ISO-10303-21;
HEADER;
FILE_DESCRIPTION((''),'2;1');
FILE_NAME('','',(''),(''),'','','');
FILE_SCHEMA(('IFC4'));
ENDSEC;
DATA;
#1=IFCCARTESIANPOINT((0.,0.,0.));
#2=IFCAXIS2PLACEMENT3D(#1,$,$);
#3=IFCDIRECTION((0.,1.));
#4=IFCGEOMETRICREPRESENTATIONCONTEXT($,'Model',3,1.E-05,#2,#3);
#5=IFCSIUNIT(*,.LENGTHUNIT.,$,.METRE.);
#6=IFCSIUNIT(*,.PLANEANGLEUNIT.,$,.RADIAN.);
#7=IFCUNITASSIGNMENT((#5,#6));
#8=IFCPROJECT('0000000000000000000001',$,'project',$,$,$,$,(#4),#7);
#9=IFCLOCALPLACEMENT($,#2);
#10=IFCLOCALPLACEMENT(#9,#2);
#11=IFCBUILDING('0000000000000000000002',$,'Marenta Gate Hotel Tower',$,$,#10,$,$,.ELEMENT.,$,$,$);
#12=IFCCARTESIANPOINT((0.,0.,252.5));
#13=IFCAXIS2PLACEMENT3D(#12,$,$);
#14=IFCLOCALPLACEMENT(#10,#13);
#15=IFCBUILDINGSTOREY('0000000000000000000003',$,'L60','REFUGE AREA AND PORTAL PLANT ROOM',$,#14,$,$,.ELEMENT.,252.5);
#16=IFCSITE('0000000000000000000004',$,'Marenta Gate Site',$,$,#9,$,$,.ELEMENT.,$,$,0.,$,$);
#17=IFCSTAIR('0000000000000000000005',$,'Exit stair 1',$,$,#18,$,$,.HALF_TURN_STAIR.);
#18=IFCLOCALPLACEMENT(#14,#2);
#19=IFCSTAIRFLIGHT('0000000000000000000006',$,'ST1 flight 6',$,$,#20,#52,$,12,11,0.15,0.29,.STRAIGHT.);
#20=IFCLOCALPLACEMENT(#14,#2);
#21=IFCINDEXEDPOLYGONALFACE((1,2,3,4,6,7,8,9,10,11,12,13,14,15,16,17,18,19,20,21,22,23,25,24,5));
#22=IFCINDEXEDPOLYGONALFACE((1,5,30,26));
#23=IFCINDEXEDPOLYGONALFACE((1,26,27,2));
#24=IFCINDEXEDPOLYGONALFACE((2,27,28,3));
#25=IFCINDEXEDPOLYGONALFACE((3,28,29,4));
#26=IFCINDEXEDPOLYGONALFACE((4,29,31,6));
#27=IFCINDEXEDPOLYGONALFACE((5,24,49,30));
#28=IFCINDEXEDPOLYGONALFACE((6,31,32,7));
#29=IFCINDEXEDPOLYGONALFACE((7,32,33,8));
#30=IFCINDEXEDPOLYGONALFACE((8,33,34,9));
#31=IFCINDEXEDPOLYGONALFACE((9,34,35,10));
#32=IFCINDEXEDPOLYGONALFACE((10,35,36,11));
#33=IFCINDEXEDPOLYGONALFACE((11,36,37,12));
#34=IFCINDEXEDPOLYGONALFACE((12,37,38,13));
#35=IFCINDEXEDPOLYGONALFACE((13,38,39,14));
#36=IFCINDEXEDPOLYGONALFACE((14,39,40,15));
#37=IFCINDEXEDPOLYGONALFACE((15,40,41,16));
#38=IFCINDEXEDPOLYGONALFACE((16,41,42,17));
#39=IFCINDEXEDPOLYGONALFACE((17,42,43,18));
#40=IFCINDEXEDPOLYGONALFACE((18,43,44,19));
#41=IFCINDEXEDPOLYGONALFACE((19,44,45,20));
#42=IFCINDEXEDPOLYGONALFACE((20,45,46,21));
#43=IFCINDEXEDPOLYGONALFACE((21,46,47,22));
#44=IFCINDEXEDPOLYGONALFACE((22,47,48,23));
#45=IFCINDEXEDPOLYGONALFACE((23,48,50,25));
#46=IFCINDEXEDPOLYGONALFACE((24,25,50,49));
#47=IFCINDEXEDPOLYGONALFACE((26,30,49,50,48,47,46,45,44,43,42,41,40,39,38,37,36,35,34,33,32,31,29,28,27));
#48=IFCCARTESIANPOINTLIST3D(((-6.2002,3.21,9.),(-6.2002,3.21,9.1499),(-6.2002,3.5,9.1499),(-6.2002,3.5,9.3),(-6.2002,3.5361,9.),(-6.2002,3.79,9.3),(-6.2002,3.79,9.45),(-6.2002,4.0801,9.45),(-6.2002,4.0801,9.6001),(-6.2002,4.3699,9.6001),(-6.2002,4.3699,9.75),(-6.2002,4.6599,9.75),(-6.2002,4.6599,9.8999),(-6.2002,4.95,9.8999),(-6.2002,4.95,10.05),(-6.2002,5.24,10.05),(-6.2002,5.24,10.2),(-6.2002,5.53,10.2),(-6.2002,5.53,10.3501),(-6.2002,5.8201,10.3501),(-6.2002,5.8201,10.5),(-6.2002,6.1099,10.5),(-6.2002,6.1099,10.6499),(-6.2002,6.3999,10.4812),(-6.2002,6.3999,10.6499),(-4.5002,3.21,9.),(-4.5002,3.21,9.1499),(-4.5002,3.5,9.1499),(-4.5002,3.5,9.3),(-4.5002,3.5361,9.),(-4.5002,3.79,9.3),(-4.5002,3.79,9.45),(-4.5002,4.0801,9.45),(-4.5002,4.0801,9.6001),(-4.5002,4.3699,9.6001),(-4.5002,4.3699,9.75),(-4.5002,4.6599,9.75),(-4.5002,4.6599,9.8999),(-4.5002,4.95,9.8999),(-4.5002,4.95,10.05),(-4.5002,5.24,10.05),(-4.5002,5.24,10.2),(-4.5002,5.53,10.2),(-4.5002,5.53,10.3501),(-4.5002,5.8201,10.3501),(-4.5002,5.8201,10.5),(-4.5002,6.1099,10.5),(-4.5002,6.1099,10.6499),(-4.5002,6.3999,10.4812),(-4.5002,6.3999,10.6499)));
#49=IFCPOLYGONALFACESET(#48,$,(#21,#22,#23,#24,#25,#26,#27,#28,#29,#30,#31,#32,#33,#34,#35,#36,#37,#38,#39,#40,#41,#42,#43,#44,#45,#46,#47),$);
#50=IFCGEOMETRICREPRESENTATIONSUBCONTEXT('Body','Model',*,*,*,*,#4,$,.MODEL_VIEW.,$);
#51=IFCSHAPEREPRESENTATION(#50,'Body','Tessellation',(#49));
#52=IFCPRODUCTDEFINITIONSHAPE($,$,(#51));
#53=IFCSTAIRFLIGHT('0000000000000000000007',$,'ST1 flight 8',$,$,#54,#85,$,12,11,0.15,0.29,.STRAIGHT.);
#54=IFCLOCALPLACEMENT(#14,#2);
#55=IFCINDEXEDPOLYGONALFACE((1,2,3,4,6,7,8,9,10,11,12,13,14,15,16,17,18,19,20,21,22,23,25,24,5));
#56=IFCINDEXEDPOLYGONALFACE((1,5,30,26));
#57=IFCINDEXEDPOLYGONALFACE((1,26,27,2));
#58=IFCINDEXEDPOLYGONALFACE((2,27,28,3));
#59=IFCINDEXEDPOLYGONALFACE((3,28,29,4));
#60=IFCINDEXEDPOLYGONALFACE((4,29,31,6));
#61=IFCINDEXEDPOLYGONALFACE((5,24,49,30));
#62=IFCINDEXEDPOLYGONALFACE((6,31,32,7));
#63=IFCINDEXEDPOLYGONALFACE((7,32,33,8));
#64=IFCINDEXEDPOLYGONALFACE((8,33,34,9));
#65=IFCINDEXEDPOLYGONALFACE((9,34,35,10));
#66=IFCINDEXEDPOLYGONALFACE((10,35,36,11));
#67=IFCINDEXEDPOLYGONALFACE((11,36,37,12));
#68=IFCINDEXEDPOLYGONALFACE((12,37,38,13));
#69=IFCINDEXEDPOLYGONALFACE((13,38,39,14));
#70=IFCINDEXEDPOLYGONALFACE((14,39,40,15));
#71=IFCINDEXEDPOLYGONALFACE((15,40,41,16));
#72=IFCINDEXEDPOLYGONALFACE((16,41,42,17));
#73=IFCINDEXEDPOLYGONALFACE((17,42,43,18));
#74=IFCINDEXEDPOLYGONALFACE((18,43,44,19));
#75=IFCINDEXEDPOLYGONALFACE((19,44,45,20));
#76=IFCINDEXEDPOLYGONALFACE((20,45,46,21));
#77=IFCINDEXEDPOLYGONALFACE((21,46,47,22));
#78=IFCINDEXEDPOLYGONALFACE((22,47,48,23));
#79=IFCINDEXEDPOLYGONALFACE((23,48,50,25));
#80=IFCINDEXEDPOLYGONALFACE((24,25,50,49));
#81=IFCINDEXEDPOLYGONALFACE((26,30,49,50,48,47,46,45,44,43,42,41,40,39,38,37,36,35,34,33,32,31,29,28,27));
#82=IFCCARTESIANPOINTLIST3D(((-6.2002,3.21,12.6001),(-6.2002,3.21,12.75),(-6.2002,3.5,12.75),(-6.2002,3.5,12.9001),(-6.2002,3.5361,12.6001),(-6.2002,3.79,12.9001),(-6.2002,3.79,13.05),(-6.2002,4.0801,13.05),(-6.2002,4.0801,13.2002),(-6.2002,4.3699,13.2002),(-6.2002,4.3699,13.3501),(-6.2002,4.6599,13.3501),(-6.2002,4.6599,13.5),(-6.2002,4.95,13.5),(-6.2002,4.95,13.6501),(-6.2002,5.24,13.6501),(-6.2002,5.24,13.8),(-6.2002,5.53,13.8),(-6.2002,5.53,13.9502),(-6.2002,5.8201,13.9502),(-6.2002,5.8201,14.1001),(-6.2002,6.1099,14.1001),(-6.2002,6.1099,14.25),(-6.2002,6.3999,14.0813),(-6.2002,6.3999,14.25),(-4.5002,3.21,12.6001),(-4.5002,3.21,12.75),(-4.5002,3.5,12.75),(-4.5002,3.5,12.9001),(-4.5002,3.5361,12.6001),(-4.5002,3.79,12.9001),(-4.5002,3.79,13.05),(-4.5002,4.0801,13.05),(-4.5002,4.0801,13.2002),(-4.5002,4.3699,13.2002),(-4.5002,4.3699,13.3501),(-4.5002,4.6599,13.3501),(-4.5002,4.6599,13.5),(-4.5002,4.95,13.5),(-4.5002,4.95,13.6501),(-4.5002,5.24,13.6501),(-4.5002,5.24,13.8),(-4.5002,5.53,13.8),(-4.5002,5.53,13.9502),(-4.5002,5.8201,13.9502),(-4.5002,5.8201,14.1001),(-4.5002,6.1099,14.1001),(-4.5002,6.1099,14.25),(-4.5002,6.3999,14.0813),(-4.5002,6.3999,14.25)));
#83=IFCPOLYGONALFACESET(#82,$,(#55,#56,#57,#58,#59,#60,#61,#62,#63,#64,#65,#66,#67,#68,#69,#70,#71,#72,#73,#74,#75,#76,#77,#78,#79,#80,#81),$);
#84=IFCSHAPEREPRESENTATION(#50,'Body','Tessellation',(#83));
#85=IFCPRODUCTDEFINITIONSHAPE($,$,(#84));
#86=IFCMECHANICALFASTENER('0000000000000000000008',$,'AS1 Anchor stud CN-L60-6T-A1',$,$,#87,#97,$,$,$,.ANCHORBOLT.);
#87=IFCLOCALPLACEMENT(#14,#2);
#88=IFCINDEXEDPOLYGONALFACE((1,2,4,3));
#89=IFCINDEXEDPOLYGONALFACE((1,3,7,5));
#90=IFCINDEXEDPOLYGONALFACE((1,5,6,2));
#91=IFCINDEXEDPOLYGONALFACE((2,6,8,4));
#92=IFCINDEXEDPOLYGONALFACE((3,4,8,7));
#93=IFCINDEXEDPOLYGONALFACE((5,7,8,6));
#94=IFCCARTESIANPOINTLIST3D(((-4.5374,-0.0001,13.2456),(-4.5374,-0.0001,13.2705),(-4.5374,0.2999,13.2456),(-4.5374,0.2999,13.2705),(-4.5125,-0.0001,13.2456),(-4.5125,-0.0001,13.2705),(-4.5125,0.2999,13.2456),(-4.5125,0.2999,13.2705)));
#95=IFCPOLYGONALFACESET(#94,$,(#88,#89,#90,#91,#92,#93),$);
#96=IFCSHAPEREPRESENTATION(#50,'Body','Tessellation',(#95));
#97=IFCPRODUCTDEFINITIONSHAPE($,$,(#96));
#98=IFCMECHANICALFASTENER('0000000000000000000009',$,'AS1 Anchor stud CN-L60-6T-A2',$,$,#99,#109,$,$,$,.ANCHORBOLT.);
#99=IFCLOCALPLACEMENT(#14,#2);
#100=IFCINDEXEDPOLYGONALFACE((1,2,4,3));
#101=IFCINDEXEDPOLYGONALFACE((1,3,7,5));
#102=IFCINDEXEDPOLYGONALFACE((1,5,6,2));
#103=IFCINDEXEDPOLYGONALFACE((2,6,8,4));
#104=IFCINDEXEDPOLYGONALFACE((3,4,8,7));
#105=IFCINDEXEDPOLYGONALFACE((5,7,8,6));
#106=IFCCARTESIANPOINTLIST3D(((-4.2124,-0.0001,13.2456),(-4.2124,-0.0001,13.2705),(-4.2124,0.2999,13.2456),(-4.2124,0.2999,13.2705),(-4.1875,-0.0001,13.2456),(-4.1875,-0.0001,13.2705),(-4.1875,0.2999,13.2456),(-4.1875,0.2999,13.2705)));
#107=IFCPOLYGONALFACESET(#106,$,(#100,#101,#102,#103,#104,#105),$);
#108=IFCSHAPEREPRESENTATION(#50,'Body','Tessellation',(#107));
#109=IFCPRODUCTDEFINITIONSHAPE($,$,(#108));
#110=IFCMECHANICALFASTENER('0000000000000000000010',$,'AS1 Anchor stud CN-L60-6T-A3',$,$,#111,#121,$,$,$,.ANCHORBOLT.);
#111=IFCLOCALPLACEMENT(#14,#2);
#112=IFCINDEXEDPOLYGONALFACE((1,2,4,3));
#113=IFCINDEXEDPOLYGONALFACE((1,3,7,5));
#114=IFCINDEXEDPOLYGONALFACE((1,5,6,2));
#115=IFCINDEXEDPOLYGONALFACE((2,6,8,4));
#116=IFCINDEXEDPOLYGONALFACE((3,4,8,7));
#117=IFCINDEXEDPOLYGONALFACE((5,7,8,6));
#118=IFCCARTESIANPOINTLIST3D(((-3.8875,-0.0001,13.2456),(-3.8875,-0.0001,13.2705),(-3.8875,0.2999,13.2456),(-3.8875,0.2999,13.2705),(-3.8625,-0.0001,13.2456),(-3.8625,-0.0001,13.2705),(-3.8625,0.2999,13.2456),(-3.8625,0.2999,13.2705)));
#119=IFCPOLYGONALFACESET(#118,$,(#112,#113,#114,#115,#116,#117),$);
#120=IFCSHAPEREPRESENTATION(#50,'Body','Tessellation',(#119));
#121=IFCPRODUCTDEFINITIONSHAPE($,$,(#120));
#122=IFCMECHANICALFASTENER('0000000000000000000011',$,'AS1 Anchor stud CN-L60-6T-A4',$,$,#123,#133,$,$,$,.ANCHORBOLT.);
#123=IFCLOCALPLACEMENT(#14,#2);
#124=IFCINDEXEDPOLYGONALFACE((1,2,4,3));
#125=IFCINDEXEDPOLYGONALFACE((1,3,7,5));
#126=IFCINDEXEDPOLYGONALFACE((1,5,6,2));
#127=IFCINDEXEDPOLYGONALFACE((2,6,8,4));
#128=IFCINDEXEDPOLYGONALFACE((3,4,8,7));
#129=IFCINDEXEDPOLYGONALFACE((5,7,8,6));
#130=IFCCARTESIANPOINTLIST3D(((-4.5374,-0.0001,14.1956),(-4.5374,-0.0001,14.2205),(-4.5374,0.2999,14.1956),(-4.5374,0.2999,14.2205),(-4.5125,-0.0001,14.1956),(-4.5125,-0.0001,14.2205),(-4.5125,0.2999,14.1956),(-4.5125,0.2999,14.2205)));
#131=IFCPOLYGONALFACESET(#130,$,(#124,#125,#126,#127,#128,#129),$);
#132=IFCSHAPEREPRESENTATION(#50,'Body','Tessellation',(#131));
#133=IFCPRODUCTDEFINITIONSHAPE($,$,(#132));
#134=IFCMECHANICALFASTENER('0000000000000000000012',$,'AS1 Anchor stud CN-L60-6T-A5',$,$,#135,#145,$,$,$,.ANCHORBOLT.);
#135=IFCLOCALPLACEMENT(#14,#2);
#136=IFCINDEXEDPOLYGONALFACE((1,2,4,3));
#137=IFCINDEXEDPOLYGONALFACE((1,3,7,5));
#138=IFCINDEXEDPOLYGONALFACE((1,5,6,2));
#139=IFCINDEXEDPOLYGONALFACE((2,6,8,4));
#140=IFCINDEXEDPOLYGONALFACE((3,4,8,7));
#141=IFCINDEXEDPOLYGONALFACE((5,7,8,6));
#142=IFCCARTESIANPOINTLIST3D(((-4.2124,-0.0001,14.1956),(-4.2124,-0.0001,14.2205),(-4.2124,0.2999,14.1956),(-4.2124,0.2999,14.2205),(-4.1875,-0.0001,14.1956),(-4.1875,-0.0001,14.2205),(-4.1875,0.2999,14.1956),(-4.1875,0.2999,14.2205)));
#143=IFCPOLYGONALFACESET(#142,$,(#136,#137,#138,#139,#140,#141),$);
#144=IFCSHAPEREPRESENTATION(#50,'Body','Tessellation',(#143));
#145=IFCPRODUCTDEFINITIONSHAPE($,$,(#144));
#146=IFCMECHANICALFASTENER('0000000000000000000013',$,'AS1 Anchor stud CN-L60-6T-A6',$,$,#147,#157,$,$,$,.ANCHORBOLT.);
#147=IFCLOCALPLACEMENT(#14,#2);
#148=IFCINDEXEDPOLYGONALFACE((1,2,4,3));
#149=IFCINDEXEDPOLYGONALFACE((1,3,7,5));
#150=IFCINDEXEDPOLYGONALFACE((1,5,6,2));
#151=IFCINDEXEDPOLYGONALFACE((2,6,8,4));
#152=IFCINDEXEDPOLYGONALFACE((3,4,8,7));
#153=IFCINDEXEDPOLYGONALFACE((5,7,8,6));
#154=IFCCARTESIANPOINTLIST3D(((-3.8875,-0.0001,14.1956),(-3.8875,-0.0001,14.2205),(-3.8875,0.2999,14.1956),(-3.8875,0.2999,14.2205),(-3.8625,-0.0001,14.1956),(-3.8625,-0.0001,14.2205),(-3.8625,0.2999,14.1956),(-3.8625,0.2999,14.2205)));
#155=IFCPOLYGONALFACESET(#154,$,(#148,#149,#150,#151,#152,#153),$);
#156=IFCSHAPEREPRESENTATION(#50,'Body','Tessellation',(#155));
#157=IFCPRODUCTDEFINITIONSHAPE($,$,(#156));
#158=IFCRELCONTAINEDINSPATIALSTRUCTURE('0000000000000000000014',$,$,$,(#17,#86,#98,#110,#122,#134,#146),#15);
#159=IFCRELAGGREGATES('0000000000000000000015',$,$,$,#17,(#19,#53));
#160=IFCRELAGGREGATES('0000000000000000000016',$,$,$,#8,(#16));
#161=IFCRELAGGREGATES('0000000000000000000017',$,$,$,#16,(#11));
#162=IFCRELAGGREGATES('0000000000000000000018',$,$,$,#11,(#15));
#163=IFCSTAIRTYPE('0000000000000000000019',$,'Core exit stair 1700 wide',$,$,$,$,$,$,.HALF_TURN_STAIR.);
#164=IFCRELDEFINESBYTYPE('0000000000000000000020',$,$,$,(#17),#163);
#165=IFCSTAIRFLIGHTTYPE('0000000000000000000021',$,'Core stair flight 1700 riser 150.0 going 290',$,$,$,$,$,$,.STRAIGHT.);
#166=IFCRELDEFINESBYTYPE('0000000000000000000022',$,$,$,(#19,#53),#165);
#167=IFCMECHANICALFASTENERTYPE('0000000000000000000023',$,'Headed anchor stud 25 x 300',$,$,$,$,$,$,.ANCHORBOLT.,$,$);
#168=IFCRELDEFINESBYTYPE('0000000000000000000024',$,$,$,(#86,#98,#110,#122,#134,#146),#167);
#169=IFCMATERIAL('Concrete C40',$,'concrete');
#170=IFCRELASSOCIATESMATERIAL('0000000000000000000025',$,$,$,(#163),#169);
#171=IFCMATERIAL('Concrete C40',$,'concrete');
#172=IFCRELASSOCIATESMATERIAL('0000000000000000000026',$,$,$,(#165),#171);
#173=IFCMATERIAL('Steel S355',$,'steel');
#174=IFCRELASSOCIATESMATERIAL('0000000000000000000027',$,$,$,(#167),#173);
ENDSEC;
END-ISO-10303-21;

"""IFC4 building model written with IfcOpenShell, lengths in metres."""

from ifc_helpers import new_model, si_unit, direction, frame, origin, origin_2d, place, context, subcontext, project, spatial, polyline, rectangle, outline, extrude, material, type_object, element, aggregate, save


model = new_model("IFC4")

# Units and contexts
model_context = context("Model", 3, precision=1e-05, world=origin(), true_north=direction((0.0, 1.0)))
body_context = subcontext(model_context, "Body", "Model", "MODEL_VIEW")
ifc_project = project(units=[si_unit("LENGTHUNIT", "METRE"), si_unit("PLANEANGLEUNIT", "RADIAN")], contexts=[model_context])

# Site, building, storey
site_placement = place(None, origin())
site = spatial("IfcSite", under=ifc_project, at=site_placement, Name="Marenta Gate Site", CompositionType="ELEMENT", RefElevation=0.0)
building_placement = place(site_placement, origin())
building = spatial("IfcBuilding", under=site, at=building_placement, Name="Marenta Gate Hotel Tower", CompositionType="ELEMENT")
storey_placement = place(building_placement, frame((0.0, 0.0, 252.5)))
storey = spatial("IfcBuildingStorey", under=building, at=storey_placement, Name="L60", Description="REFUGE AREA AND PORTAL PLANT ROOM", CompositionType="ELEMENT", Elevation=252.5)

# Shared definitions
ifc_material_1 = material(Name="Concrete C40", Category="concrete")
stair_type = type_object("IfcStairType", Name="Core exit stair 1700 wide", PredefinedType="HALF_TURN_STAIR", material=ifc_material_1)

# Stair, stair flights
stair_1_placement = place(storey_placement, origin())
stair_1 = element("IfcStair", 1, at=stair_1_placement, inside=storey, type_object=stair_type, Name="Exit stair 1", PredefinedType="HALF_TURN_STAIR")
ifc_material_2 = material(Name="Concrete C40", Category="concrete")
stair_flight_type = type_object("IfcStairFlightType", Name="Core stair flight 1700 riser 150.0 going 290", PredefinedType="STRAIGHT", material=ifc_material_2)
stair_flight_1_placement = place(storey_placement, frame((-5.3501, 3.21, 9.0), z_axis=(0.0, 0.0, 1.0), x_axis=(0.0, 1.0, 0.0)))
stair_flight_1 = element("IfcStairFlight", 2, at=stair_flight_1_placement, type_object=stair_flight_type, Name="ST1 flight 6", NumberOfRisers=12, NumberOfTreads=11, PredefinedType="STRAIGHT", RiserHeight=0.15, TreadLength=0.29, context=body_context, shape_type="SweptSolid", body=[
    extrude(outline(polyline([(0.0, 0.0), (0.0, 0.1499), (0.29, 0.1499), (0.29, 0.3), (0.5801, 0.3), (0.5801, 0.45), (0.8701, 0.45), (0.8701, 0.6001), (1.1599, 0.6001), (1.1599, 0.75), (1.45, 0.75), (1.45, 0.8999), (1.74, 0.8999), (1.74, 1.05), (2.03, 1.05), (2.03, 1.2), (2.3201, 1.2), (2.3201, 1.3501), (2.6101, 1.3501), (2.6101, 1.5), (2.8999, 1.5), (2.8999, 1.6499), (3.1899, 1.6499), (3.1899, 1.8), (3.1899, 1.4812), (0.3262, 0.0), (0.0, 0.0)])), frame((0.0, 0.8501, 0.0), z_axis=(0.0, -1.0, 0.0), x_axis=(1.0, 0.0, 0.0)), (0.0, 0.0, 1.0), 1.7),
])
stair_flight_2_placement = place(storey_placement, frame((-5.3501, 3.21, 12.6001), z_axis=(0.0, 0.0, 1.0), x_axis=(0.0, 1.0, 0.0)))
stair_flight_2 = element("IfcStairFlight", 3, at=stair_flight_2_placement, type_object=stair_flight_type, Name="ST1 flight 8", NumberOfRisers=12, NumberOfTreads=11, PredefinedType="STRAIGHT", RiserHeight=0.15, TreadLength=0.29, context=body_context, shape_type="SweptSolid", body=[
    extrude(outline(polyline([(0.0, 0.0), (0.0, 0.1499), (0.29, 0.1499), (0.29, 0.3), (0.5801, 0.3), (0.5801, 0.45), (0.8701, 0.45), (0.8701, 0.6001), (1.1599, 0.6001), (1.1599, 0.75), (1.45, 0.75), (1.45, 0.8999), (1.74, 0.8999), (1.74, 1.05), (2.03, 1.05), (2.03, 1.2), (2.3201, 1.2), (2.3201, 1.3501), (2.6101, 1.3501), (2.6101, 1.5), (2.8999, 1.5), (2.8999, 1.6499), (3.1899, 1.6499), (3.1899, 1.8), (3.1899, 1.4812), (0.3262, 0.0), (0.0, 0.0)])), frame((0.0, 0.8501, 0.0), z_axis=(0.0, -1.0, 0.0), x_axis=(1.0, 0.0, 0.0)), (0.0, 0.0, 1.0), 1.7),
])
aggregate(stair_1, [stair_flight_1, stair_flight_2])

# Mechanical fasteners
ifc_material_3 = material(Name="Steel S355", Category="steel")
mechanical_fastener_type = type_object("IfcMechanicalFastenerType", Name="Headed anchor stud 25 x 300", PredefinedType="ANCHORBOLT", material=ifc_material_3)
for number, where, z_axis, x_axis, name in (
    (4, (-4.5249, 0.1499, 13.2456), (0.0, 0.0, 1.0), (1.0, 0.0, 0.0), "AS1 Anchor stud CN-L60-6T-A1"),
    (5, (-4.2, 0.1499, 13.2456), (0.0, 0.0, 1.0), (1.0, 0.0, 0.0), "AS1 Anchor stud CN-L60-6T-A2"),
    (6, (-3.875, 0.1499, 13.2456), (0.0, 0.0, 1.0), (1.0, 0.0, 0.0), "AS1 Anchor stud CN-L60-6T-A3"),
    (7, (-4.5249, 0.1499, 14.1956), (0.0, 0.0, 1.0), (1.0, 0.0, 0.0), "AS1 Anchor stud CN-L60-6T-A4"),
    (8, (-4.2, 0.1499, 14.1956), (0.0, 0.0, 1.0), (1.0, 0.0, 0.0), "AS1 Anchor stud CN-L60-6T-A5"),
    (9, (-3.875, 0.1499, 14.1956), (0.0, 0.0, 1.0), (1.0, 0.0, 0.0), "AS1 Anchor stud CN-L60-6T-A6"),
):
    element("IfcMechanicalFastener", number, at=place(storey_placement, frame(where, z_axis=z_axis, x_axis=x_axis)), inside=storey, type_object=mechanical_fastener_type, Name=name, PredefinedType="ANCHORBOLT", context=body_context, shape_type="SweptSolid", body=[
        extrude(rectangle(XDim=0.0249, YDim=0.3, at=origin_2d()), origin(), (0.0, 0.0, 1.0), 0.0249),
    ])

save(model, "model.ifc")
